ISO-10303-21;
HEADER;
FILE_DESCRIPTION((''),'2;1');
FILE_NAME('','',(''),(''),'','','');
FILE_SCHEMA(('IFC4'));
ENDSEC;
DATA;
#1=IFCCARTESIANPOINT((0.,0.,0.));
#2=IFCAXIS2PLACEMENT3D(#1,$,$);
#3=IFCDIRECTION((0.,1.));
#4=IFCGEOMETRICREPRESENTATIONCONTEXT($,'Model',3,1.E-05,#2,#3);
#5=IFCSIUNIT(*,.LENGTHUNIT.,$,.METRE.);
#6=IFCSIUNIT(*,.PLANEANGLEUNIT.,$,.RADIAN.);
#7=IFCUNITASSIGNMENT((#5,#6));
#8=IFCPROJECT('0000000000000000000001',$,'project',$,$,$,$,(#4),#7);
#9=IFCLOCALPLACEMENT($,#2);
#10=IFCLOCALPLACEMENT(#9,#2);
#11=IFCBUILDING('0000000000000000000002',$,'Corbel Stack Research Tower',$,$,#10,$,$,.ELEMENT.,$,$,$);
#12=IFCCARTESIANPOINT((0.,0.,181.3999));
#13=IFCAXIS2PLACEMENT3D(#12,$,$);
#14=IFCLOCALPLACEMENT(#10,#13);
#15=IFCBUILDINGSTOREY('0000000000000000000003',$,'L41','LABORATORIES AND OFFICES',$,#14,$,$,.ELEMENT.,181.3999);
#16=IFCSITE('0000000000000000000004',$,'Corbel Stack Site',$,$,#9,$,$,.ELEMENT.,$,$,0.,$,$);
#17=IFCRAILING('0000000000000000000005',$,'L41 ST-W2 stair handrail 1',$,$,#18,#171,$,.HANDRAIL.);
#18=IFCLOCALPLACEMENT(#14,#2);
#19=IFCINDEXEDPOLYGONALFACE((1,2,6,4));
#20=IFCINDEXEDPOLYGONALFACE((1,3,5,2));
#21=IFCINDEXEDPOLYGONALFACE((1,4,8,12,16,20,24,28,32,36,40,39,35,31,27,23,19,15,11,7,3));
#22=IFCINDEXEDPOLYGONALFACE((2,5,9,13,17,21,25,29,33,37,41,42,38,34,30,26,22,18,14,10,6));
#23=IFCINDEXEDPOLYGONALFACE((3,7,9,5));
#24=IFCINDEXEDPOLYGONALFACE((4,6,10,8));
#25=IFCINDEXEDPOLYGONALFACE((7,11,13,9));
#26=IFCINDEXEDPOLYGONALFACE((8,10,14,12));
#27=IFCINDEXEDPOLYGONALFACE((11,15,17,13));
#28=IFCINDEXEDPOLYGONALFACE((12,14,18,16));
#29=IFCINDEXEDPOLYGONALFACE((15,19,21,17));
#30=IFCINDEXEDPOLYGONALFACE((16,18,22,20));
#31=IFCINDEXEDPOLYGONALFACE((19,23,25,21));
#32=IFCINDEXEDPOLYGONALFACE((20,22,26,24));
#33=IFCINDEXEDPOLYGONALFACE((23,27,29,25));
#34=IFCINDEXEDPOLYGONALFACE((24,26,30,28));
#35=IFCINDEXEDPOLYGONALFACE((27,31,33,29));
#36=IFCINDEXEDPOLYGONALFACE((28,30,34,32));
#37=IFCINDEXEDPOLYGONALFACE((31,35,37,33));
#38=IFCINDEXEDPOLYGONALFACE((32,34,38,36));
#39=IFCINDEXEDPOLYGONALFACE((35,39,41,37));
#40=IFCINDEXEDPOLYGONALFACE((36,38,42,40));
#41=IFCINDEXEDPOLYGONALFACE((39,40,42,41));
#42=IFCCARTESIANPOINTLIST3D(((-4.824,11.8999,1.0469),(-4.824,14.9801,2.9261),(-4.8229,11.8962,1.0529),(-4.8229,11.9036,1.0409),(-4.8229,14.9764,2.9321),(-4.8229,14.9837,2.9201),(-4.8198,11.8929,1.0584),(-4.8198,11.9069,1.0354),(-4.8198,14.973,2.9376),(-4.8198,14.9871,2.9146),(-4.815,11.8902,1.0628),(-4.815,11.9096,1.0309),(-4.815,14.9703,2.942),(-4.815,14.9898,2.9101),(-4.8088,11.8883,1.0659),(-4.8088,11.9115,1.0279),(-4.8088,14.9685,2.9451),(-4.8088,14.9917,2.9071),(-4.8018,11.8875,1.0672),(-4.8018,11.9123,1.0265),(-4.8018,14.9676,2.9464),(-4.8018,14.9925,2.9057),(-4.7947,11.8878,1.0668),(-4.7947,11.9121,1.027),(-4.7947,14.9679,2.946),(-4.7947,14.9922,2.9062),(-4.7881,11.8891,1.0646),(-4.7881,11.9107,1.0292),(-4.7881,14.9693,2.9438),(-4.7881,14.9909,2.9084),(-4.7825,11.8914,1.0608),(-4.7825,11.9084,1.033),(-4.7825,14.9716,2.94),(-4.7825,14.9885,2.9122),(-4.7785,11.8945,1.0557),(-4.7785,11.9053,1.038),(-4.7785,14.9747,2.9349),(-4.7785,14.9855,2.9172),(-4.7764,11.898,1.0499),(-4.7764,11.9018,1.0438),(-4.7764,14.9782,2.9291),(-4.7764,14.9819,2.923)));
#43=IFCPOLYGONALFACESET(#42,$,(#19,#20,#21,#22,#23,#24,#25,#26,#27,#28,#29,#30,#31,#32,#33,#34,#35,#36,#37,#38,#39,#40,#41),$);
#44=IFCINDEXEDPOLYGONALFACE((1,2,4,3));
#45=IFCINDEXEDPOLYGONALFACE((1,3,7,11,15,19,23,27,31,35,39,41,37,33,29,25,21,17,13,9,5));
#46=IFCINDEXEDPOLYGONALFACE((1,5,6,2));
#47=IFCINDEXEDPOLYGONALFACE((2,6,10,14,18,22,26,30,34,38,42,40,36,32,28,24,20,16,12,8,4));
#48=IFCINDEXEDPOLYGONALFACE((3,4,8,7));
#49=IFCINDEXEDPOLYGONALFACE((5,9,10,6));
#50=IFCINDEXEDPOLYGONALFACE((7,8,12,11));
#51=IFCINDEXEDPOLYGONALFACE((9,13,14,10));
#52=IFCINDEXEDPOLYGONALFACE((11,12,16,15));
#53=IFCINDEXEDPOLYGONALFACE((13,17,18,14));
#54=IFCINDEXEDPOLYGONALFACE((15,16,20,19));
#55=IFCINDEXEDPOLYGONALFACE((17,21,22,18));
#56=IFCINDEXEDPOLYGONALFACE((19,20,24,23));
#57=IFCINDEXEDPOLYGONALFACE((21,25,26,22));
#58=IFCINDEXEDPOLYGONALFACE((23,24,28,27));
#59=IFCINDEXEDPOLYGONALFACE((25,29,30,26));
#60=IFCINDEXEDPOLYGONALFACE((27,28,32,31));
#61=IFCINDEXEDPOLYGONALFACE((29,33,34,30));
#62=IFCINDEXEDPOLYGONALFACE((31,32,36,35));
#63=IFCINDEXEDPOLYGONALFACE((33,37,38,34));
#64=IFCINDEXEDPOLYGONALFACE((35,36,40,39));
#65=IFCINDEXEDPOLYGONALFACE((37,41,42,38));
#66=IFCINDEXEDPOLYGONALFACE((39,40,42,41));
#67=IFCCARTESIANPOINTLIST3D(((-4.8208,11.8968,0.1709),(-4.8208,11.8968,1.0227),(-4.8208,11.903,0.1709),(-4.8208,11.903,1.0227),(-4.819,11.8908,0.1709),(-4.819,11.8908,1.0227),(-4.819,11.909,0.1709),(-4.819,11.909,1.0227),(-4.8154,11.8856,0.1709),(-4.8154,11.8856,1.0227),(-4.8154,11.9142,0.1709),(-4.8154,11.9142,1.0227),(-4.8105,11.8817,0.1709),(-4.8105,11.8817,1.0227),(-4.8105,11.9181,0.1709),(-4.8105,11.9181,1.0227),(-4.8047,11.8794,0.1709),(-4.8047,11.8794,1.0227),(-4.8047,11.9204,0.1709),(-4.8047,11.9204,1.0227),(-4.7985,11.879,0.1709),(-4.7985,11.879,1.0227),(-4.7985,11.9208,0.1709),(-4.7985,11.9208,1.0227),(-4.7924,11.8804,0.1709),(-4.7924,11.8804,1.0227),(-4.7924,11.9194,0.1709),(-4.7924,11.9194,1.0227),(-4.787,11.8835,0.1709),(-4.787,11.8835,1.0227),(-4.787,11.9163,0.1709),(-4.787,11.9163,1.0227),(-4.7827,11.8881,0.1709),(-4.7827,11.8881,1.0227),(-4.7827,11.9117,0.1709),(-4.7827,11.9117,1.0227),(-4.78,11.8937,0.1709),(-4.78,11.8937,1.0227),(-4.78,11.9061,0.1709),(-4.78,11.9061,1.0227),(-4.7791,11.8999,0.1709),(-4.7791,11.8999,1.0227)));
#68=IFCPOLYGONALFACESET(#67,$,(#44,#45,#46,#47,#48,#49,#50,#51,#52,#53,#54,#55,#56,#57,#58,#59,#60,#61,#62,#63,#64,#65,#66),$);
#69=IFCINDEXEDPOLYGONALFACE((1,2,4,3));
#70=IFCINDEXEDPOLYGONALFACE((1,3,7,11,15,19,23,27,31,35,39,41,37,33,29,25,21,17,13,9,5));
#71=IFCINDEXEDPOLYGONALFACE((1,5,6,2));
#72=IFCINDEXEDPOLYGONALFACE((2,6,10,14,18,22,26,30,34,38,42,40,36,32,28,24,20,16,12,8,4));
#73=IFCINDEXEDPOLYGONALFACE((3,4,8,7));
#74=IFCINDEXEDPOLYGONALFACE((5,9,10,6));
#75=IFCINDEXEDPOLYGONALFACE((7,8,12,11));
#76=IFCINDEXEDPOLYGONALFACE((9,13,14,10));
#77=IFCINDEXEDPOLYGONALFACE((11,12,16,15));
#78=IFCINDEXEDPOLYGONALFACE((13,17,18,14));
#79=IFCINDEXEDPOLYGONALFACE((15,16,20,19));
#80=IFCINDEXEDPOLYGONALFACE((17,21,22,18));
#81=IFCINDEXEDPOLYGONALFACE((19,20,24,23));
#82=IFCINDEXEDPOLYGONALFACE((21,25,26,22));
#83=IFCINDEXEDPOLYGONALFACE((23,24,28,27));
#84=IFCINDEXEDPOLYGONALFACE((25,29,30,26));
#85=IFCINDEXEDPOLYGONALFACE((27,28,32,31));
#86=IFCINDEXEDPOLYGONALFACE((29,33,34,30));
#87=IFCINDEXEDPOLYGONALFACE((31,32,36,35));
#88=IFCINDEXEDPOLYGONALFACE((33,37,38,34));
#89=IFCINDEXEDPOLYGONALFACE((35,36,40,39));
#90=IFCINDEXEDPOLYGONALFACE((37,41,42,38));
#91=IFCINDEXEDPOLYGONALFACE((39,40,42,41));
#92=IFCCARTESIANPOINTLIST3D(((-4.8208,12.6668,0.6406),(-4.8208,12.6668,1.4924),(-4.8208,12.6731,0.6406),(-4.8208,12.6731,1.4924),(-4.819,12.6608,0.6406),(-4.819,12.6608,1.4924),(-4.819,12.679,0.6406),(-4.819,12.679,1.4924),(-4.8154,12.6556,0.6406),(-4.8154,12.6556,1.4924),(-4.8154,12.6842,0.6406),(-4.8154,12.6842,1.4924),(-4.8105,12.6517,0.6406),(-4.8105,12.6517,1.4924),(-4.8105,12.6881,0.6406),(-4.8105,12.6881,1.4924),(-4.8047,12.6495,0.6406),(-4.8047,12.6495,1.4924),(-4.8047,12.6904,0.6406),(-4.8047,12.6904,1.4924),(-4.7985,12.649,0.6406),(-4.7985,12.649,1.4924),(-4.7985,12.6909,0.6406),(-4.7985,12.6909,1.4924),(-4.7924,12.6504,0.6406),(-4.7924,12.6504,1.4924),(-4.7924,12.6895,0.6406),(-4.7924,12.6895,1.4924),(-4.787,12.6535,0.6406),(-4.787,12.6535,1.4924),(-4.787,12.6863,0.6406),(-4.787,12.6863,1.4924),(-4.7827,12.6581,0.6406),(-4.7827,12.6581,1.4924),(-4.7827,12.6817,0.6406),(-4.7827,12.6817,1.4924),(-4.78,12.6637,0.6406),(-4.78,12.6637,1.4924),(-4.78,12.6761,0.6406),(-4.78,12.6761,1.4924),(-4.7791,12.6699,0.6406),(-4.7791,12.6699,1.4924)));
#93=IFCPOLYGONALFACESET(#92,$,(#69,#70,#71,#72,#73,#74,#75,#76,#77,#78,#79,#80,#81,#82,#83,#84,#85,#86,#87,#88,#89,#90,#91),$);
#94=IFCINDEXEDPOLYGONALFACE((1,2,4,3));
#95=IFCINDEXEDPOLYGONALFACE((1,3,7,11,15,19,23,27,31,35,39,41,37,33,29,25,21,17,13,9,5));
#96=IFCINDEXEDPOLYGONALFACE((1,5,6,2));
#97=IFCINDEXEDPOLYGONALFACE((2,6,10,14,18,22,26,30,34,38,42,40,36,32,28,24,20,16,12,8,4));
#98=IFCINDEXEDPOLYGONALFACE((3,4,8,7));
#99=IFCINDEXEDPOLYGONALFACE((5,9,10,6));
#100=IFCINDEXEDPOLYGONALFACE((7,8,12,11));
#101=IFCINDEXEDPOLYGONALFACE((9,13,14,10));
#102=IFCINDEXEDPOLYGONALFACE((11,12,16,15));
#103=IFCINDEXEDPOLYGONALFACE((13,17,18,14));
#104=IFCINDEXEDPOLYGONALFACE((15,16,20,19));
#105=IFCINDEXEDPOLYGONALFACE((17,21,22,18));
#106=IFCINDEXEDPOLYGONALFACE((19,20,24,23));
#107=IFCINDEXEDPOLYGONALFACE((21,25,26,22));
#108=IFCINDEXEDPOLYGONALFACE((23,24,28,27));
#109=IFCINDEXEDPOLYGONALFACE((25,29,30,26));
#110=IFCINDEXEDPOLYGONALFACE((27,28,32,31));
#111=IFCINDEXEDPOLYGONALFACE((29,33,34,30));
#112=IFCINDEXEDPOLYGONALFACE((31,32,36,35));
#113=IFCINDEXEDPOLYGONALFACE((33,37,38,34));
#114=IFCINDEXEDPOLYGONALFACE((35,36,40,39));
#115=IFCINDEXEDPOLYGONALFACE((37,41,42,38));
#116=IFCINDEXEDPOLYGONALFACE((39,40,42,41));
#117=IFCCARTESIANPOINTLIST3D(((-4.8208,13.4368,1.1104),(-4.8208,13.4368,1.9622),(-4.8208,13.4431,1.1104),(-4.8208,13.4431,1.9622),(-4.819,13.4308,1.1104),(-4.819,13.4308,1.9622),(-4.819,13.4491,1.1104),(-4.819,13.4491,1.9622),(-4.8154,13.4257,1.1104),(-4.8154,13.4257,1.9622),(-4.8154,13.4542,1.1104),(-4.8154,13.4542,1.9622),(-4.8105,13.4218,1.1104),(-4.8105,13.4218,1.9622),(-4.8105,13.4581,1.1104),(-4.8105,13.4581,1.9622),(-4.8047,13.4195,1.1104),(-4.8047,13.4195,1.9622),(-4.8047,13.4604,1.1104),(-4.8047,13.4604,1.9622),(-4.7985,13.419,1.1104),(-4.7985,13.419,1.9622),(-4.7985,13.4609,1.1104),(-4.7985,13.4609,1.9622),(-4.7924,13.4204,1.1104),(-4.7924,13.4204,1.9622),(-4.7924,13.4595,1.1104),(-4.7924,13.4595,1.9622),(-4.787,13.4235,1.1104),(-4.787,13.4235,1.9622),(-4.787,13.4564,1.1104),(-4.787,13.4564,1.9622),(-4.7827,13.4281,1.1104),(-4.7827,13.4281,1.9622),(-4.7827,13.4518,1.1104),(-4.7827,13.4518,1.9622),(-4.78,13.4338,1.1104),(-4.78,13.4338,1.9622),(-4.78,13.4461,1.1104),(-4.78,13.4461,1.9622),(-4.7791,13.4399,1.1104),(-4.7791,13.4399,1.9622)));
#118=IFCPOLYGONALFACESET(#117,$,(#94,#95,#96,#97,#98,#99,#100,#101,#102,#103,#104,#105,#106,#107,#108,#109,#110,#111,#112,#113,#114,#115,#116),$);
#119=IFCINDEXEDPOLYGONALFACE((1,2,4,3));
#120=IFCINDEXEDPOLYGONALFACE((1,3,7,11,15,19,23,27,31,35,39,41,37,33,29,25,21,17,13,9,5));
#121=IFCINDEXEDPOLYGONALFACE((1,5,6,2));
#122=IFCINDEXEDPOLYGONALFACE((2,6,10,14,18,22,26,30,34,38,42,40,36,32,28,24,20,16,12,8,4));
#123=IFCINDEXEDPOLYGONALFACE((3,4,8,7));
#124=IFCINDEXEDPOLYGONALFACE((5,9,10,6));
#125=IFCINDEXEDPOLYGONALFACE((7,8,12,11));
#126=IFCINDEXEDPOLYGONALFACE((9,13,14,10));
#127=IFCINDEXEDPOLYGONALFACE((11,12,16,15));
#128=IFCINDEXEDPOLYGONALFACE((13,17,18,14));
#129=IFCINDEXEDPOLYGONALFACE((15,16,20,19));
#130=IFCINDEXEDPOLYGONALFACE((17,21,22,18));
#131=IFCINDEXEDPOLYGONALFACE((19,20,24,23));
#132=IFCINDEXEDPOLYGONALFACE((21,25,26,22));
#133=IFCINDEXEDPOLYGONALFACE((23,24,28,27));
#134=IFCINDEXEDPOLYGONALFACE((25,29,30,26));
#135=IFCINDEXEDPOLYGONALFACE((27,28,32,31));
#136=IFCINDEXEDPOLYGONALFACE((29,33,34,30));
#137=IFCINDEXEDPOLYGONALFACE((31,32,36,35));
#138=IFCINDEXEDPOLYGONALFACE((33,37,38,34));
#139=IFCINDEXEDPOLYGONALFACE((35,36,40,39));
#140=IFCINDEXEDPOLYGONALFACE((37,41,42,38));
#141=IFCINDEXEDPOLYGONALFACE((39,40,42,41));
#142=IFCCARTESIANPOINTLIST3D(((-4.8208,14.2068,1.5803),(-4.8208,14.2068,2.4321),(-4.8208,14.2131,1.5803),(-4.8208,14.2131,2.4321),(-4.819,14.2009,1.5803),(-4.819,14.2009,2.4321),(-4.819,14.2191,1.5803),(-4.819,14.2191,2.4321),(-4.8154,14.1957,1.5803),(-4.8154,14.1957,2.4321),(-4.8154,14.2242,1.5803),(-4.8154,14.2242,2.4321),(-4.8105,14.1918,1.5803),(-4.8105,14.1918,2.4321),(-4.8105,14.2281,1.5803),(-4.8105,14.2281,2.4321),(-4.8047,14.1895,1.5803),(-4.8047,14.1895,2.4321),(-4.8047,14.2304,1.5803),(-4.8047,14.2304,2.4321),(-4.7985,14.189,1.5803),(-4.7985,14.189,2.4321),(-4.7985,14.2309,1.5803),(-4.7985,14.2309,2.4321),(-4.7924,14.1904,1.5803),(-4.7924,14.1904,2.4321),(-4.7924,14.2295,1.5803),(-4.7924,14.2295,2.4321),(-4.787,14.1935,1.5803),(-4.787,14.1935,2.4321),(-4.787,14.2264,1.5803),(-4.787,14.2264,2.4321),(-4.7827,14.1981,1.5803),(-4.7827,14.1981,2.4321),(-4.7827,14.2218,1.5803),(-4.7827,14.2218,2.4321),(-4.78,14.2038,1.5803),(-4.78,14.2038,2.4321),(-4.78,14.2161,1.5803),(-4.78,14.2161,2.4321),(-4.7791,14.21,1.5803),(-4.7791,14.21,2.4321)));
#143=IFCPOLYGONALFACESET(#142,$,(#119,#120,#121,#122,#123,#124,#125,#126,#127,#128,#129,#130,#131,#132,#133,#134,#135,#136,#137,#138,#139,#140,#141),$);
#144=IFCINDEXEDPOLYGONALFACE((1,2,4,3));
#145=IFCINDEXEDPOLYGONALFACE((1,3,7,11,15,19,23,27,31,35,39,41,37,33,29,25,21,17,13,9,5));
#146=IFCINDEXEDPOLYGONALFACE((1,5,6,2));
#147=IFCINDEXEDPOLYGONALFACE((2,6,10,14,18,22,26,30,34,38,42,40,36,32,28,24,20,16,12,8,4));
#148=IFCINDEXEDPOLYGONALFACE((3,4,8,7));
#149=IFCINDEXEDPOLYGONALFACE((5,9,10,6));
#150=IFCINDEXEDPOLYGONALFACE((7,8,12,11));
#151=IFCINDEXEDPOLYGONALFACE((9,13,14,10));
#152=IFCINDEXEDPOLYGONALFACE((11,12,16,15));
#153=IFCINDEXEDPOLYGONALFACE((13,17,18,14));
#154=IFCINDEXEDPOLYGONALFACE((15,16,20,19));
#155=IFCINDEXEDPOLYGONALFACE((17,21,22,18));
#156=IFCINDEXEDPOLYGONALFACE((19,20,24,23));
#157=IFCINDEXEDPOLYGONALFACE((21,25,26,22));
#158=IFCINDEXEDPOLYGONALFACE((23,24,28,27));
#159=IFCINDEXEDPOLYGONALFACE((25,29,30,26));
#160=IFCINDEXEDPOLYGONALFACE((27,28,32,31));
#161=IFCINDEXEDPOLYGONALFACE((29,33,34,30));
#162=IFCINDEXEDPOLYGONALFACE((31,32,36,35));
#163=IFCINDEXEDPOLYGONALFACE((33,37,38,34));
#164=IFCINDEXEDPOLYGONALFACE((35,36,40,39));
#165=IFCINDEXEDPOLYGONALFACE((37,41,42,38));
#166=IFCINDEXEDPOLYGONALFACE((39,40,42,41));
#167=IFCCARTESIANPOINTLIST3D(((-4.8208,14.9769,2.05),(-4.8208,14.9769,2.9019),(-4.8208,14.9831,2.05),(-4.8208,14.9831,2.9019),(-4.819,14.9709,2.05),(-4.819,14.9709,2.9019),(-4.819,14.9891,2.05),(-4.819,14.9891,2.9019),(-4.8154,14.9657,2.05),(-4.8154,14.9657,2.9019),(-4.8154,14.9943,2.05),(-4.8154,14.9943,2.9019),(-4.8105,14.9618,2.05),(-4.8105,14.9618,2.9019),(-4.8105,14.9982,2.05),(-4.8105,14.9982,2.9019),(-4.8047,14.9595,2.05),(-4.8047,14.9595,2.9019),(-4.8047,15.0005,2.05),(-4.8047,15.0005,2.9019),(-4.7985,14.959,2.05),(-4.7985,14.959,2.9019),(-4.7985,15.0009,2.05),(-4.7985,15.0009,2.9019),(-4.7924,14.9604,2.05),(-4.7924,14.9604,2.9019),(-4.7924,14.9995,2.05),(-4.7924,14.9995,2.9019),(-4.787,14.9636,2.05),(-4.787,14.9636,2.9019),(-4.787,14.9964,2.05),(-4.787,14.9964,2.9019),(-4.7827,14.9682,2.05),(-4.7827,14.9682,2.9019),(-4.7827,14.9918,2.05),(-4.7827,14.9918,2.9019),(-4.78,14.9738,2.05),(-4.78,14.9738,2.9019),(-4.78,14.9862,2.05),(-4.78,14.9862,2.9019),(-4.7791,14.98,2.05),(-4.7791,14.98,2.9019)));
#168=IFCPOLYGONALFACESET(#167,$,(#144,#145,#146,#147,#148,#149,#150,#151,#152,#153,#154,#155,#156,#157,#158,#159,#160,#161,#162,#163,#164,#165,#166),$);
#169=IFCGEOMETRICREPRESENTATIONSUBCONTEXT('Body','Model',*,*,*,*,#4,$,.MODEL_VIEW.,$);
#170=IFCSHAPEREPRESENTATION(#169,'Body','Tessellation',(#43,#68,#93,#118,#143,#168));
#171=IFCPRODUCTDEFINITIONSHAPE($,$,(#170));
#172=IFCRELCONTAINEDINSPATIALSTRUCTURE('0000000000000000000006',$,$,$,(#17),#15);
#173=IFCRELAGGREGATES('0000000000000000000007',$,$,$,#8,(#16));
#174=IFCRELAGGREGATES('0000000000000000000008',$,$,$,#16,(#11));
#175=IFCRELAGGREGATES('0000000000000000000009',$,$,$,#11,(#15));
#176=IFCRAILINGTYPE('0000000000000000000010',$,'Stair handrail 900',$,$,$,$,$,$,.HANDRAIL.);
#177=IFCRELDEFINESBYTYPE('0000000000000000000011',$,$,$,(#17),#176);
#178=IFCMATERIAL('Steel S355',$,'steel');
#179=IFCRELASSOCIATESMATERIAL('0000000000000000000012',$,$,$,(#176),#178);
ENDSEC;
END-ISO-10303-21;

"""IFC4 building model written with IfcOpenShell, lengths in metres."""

from ifc_helpers import new_model, si_unit, direction, frame, origin, origin_2d, place, context, subcontext, project, spatial, circle, extrude, material, type_object, element, save


model = new_model("IFC4")

# Units and contexts
model_context = context("Model", 3, precision=1e-05, world=origin(), true_north=direction((0.0, 1.0)))
body_context = subcontext(model_context, "Body", "Model", "MODEL_VIEW")
ifc_project = project(units=[si_unit("LENGTHUNIT", "METRE"), si_unit("PLANEANGLEUNIT", "RADIAN")], contexts=[model_context])

# Site, building, storey
site_placement = place(None, origin())
site = spatial("IfcSite", under=ifc_project, at=site_placement, Name="Corbel Stack Site", CompositionType="ELEMENT", RefElevation=0.0)
building_placement = place(site_placement, origin())
building = spatial("IfcBuilding", under=site, at=building_placement, Name="Corbel Stack Research Tower", CompositionType="ELEMENT")
storey_placement = place(building_placement, frame((0.0, 0.0, 181.3999)))
storey = spatial("IfcBuildingStorey", under=building, at=storey_placement, Name="L41", Description="LABORATORIES AND OFFICES", CompositionType="ELEMENT", Elevation=181.3999)

# Railing
ifc_material_1 = material(Name="Steel S355", Category="steel")
railing_type_1 = type_object("IfcRailingType", Name="Stair handrail 900", PredefinedType="HANDRAIL", material=ifc_material_1)
railing_1_placement = place(storey_placement, frame((-4.8, 11.8999, 0.1709)))
element("IfcRailing", 1, at=railing_1_placement, inside=storey, type_object=railing_type_1, Name="L41 ST-W2 stair handrail 1", PredefinedType="HANDRAIL", context=body_context, shape_type="SweptSolid", body=[
    extrude(circle(Radius=0.0239, at=origin_2d()), frame((0.0, 0.0, 0.876), z_axis=(0.0, 0.853666, 0.52082), x_axis=(-1.0, 0.0, 0.0)), (0.0, 0.0, 1.0), 3.6082),
    extrude(circle(Radius=0.021, at=origin_2d()), origin(), (0.0, 0.0, 1.0), 0.8518),
    extrude(circle(Radius=0.021, at=origin_2d()), frame((0.0, 0.77, 0.4697)), (0.0, 0.0, 1.0), 0.8518),
    extrude(circle(Radius=0.021, at=origin_2d()), frame((0.0, 1.54, 0.9395)), (0.0, 0.0, 1.0), 0.8518),
    extrude(circle(Radius=0.021, at=origin_2d()), frame((0.0, 2.3101, 1.4094)), (0.0, 0.0, 1.0), 0.8518),
    extrude(circle(Radius=0.021, at=origin_2d()), frame((0.0, 3.0801, 1.8792)), (0.0, 0.0, 1.0), 0.8518),
])

save(model, "model.ifc")
